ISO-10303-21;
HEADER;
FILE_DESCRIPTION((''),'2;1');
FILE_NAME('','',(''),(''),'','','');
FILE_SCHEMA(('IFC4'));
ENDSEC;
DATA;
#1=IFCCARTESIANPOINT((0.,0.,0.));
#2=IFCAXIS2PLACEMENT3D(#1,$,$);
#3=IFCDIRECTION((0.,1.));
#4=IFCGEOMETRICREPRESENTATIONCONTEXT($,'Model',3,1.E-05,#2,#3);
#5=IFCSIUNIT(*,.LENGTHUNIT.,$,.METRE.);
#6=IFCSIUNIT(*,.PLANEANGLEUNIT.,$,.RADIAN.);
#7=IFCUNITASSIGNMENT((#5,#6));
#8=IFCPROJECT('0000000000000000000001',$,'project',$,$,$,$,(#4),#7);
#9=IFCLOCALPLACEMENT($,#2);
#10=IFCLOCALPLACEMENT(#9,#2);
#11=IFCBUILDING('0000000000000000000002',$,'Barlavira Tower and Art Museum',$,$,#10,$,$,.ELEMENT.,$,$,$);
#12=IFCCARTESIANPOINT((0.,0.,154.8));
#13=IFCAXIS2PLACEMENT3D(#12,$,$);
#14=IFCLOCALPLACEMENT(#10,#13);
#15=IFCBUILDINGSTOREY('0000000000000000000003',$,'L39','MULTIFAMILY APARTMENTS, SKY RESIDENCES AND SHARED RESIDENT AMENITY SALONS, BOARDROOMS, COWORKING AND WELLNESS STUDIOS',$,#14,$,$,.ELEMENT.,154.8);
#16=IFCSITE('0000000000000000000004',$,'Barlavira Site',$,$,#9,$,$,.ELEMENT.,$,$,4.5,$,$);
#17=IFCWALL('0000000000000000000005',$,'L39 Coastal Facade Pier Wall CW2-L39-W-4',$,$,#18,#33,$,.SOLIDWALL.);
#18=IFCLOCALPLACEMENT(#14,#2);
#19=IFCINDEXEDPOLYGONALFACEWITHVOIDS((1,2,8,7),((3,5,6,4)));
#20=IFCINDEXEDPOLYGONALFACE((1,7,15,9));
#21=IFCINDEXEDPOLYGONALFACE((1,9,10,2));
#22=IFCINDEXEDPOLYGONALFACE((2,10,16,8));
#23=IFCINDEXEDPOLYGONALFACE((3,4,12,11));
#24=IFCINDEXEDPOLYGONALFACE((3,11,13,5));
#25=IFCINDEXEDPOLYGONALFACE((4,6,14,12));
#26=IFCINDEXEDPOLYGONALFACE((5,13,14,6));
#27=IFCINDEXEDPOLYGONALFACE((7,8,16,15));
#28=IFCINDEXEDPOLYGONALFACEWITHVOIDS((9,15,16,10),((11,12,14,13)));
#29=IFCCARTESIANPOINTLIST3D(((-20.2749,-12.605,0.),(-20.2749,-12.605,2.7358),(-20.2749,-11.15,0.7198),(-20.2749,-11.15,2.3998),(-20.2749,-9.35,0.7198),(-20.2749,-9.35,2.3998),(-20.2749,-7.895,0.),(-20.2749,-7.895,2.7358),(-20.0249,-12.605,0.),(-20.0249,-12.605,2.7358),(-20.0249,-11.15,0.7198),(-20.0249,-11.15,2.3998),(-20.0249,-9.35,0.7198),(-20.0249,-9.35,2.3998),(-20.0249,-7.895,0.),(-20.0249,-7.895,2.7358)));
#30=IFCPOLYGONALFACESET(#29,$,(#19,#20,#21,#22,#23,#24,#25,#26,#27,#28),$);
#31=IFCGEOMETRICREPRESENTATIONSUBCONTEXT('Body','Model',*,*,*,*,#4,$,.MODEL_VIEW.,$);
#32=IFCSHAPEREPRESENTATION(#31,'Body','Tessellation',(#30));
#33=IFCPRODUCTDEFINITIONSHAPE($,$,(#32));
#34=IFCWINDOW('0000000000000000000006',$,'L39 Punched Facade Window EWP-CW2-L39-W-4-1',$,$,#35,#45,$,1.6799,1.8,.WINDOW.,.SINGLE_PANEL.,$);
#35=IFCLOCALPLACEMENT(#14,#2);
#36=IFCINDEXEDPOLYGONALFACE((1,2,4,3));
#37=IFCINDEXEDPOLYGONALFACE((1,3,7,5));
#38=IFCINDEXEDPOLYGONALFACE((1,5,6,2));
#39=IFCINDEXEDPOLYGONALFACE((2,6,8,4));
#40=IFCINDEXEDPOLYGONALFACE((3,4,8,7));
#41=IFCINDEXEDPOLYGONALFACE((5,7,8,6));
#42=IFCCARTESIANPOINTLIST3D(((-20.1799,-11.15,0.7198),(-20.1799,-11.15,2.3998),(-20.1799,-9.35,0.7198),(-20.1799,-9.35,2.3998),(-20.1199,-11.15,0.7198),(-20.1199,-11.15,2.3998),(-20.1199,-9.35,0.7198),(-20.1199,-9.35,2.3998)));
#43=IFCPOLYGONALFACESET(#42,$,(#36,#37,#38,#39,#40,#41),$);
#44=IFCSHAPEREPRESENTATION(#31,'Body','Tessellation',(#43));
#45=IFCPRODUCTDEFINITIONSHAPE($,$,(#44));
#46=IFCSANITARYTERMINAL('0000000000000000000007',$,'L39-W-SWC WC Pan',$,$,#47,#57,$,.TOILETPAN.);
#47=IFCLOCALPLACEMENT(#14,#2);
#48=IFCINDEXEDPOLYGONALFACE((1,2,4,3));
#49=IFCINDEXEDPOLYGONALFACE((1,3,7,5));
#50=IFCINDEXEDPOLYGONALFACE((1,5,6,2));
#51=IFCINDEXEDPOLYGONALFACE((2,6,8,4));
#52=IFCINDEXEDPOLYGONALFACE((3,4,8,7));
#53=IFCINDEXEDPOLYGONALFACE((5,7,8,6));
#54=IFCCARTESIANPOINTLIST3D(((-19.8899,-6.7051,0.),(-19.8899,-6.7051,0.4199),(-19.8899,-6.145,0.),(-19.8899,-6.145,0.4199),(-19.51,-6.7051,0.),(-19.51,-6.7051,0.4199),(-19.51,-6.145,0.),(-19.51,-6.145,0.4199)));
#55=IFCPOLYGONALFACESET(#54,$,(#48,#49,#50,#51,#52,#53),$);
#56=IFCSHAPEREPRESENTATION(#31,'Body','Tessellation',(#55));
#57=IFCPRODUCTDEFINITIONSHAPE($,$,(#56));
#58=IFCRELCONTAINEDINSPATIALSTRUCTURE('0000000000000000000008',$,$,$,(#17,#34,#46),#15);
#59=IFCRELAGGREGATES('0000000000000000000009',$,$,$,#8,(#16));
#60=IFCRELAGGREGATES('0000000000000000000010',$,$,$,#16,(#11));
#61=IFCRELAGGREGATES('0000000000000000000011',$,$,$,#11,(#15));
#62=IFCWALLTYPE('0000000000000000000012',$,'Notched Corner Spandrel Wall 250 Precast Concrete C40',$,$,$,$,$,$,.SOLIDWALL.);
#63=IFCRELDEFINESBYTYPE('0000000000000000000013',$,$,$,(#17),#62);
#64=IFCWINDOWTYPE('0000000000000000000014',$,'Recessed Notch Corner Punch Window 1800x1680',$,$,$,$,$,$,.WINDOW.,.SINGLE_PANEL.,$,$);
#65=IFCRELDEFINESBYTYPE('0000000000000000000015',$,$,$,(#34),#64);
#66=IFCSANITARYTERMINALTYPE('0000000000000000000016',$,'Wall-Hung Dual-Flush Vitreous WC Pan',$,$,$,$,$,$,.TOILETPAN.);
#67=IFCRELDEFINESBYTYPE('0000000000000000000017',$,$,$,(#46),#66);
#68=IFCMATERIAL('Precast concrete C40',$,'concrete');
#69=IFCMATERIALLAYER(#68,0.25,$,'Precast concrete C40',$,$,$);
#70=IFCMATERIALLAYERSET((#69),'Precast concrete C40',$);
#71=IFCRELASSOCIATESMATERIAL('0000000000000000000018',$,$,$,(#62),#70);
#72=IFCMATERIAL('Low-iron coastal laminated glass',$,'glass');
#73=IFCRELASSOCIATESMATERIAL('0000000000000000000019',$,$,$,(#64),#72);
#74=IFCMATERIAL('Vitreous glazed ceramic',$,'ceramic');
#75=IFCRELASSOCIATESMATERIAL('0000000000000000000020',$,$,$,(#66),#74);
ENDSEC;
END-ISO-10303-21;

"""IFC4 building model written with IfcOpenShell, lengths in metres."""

from ifc_helpers import new_model, si_unit, direction, frame, frame_2d, origin, origin_2d, place, context, subcontext, project, spatial, rectangle, extrude, material, layer, layer_set, type_object, element, fill, save


model = new_model("IFC4")

# Units and contexts
model_context = context("Model", 3, precision=1e-05, world=origin(), true_north=direction((0.0, 1.0)))
body_context = subcontext(model_context, "Body", "Model", "MODEL_VIEW")
ifc_project = project(units=[si_unit("LENGTHUNIT", "METRE"), si_unit("PLANEANGLEUNIT", "RADIAN")], contexts=[model_context])

# Site, building, storey
site_placement = place(None, origin())
site = spatial("IfcSite", under=ifc_project, at=site_placement, Name="Barlavira Site", CompositionType="ELEMENT", RefElevation=4.5)
building_placement = place(site_placement, origin())
building = spatial("IfcBuilding", under=site, at=building_placement, Name="Barlavira Tower and Art Museum", CompositionType="ELEMENT")
storey_placement = place(building_placement, frame((0.0, 0.0, 154.8)))
storey = spatial("IfcBuildingStorey", under=building, at=storey_placement, Name="L39", Description="MULTIFAMILY APARTMENTS, SKY RESIDENCES AND SHARED RESIDENT AMENITY SALONS, BOARDROOMS, COWORKING AND WELLNESS STUDIOS", CompositionType="ELEMENT", Elevation=154.8)

# Shared definitions
ifc_material_1 = material(Name="Low-iron coastal laminated glass", Category="glass")

# Wall, opening, window
ifc_material_2 = material(Name="Precast concrete C40", Category="concrete")
ifc_layer_1 = layer(ifc_material_2, 0.25, Name="Precast concrete C40")
ifc_layer_set_1 = layer_set([ifc_layer_1], Name="Precast concrete C40")
wall_type_1 = type_object("IfcWallType", Name="Notched Corner Spandrel Wall 250 Precast Concrete C40", PredefinedType="SOLIDWALL", material=ifc_layer_set_1)
wall_1_placement = place(storey_placement, frame((-20.1499, -7.895, 0.0), z_axis=(0.0, 0.0, 1.0), x_axis=(0.0, -1.0, 0.0)))
wall_1 = element("IfcWall", 1, at=wall_1_placement, inside=storey, type_object=wall_type_1, Name="L39 Coastal Facade Pier Wall CW2-L39-W-4", PredefinedType="SOLIDWALL", context=body_context, shape_type="SweptSolid", body=[
    extrude(rectangle(XDim=4.71, YDim=0.25, at=frame_2d((2.355, 0.0))), origin(), (0.0, 0.0, 1.0), 2.7358),
])
opening_1_placement = place(wall_1_placement, frame((1.4551, 0.0, 0.72)))
opening_1 = element("IfcOpeningElement", 2, at=opening_1_placement, cuts=wall_1, PredefinedType="OPENING", context=body_context, shape_type="SweptSolid", body=[
    extrude(rectangle(XDim=1.8, YDim=1.6799, at=frame_2d((0.8999, 0.8398))), frame((0.0, 0.135, 0.0), z_axis=(0.0, -1.0, 0.0), x_axis=(1.0, 0.0, 0.0)), (0.0, 0.0, 1.0), 0.27),
])
window_type = type_object("IfcWindowType", Name="Recessed Notch Corner Punch Window 1800x1680", PartitioningType="SINGLE_PANEL", PredefinedType="WINDOW", material=ifc_material_1)
window_placement = place(opening_1_placement, origin())
window = element("IfcWindow", 3, at=window_placement, inside=storey, type_object=window_type, Name="L39 Punched Facade Window EWP-CW2-L39-W-4-1", OverallHeight=1.6799, OverallWidth=1.8, PartitioningType="SINGLE_PANEL", PredefinedType="WINDOW", context=body_context, shape_type="SweptSolid", body=[
    extrude(rectangle(XDim=1.8, YDim=1.6799, at=frame_2d((0.8999, 0.8398))), frame((0.0, 0.03, 0.0), z_axis=(0.0, -1.0, 0.0), x_axis=(1.0, 0.0, 0.0)), (0.0, 0.0, 1.0), 0.0601),
])
fill(opening_1, window)

# Sanitary terminal
ifc_material_3 = material(Name="Vitreous glazed ceramic", Category="ceramic")
sanitary_terminal_type = type_object("IfcSanitaryTerminalType", Name="Wall-Hung Dual-Flush Vitreous WC Pan", PredefinedType="TOILETPAN", material=ifc_material_3)
sanitary_terminal_placement = place(storey_placement, frame((-19.7, -6.425, 0.0), z_axis=(0.0, 0.0, 1.0), x_axis=(1.0, 0.0, 0.0)))
element("IfcSanitaryTerminal", 4, at=sanitary_terminal_placement, inside=storey, type_object=sanitary_terminal_type, Name="L39-W-SWC WC Pan", PredefinedType="TOILETPAN", context=body_context, shape_type="SweptSolid", body=[
    extrude(rectangle(XDim=0.3799, YDim=0.5601, at=origin_2d()), origin(), (0.0, 0.0, 1.0), 0.4199),
])

save(model, "model.ifc")
